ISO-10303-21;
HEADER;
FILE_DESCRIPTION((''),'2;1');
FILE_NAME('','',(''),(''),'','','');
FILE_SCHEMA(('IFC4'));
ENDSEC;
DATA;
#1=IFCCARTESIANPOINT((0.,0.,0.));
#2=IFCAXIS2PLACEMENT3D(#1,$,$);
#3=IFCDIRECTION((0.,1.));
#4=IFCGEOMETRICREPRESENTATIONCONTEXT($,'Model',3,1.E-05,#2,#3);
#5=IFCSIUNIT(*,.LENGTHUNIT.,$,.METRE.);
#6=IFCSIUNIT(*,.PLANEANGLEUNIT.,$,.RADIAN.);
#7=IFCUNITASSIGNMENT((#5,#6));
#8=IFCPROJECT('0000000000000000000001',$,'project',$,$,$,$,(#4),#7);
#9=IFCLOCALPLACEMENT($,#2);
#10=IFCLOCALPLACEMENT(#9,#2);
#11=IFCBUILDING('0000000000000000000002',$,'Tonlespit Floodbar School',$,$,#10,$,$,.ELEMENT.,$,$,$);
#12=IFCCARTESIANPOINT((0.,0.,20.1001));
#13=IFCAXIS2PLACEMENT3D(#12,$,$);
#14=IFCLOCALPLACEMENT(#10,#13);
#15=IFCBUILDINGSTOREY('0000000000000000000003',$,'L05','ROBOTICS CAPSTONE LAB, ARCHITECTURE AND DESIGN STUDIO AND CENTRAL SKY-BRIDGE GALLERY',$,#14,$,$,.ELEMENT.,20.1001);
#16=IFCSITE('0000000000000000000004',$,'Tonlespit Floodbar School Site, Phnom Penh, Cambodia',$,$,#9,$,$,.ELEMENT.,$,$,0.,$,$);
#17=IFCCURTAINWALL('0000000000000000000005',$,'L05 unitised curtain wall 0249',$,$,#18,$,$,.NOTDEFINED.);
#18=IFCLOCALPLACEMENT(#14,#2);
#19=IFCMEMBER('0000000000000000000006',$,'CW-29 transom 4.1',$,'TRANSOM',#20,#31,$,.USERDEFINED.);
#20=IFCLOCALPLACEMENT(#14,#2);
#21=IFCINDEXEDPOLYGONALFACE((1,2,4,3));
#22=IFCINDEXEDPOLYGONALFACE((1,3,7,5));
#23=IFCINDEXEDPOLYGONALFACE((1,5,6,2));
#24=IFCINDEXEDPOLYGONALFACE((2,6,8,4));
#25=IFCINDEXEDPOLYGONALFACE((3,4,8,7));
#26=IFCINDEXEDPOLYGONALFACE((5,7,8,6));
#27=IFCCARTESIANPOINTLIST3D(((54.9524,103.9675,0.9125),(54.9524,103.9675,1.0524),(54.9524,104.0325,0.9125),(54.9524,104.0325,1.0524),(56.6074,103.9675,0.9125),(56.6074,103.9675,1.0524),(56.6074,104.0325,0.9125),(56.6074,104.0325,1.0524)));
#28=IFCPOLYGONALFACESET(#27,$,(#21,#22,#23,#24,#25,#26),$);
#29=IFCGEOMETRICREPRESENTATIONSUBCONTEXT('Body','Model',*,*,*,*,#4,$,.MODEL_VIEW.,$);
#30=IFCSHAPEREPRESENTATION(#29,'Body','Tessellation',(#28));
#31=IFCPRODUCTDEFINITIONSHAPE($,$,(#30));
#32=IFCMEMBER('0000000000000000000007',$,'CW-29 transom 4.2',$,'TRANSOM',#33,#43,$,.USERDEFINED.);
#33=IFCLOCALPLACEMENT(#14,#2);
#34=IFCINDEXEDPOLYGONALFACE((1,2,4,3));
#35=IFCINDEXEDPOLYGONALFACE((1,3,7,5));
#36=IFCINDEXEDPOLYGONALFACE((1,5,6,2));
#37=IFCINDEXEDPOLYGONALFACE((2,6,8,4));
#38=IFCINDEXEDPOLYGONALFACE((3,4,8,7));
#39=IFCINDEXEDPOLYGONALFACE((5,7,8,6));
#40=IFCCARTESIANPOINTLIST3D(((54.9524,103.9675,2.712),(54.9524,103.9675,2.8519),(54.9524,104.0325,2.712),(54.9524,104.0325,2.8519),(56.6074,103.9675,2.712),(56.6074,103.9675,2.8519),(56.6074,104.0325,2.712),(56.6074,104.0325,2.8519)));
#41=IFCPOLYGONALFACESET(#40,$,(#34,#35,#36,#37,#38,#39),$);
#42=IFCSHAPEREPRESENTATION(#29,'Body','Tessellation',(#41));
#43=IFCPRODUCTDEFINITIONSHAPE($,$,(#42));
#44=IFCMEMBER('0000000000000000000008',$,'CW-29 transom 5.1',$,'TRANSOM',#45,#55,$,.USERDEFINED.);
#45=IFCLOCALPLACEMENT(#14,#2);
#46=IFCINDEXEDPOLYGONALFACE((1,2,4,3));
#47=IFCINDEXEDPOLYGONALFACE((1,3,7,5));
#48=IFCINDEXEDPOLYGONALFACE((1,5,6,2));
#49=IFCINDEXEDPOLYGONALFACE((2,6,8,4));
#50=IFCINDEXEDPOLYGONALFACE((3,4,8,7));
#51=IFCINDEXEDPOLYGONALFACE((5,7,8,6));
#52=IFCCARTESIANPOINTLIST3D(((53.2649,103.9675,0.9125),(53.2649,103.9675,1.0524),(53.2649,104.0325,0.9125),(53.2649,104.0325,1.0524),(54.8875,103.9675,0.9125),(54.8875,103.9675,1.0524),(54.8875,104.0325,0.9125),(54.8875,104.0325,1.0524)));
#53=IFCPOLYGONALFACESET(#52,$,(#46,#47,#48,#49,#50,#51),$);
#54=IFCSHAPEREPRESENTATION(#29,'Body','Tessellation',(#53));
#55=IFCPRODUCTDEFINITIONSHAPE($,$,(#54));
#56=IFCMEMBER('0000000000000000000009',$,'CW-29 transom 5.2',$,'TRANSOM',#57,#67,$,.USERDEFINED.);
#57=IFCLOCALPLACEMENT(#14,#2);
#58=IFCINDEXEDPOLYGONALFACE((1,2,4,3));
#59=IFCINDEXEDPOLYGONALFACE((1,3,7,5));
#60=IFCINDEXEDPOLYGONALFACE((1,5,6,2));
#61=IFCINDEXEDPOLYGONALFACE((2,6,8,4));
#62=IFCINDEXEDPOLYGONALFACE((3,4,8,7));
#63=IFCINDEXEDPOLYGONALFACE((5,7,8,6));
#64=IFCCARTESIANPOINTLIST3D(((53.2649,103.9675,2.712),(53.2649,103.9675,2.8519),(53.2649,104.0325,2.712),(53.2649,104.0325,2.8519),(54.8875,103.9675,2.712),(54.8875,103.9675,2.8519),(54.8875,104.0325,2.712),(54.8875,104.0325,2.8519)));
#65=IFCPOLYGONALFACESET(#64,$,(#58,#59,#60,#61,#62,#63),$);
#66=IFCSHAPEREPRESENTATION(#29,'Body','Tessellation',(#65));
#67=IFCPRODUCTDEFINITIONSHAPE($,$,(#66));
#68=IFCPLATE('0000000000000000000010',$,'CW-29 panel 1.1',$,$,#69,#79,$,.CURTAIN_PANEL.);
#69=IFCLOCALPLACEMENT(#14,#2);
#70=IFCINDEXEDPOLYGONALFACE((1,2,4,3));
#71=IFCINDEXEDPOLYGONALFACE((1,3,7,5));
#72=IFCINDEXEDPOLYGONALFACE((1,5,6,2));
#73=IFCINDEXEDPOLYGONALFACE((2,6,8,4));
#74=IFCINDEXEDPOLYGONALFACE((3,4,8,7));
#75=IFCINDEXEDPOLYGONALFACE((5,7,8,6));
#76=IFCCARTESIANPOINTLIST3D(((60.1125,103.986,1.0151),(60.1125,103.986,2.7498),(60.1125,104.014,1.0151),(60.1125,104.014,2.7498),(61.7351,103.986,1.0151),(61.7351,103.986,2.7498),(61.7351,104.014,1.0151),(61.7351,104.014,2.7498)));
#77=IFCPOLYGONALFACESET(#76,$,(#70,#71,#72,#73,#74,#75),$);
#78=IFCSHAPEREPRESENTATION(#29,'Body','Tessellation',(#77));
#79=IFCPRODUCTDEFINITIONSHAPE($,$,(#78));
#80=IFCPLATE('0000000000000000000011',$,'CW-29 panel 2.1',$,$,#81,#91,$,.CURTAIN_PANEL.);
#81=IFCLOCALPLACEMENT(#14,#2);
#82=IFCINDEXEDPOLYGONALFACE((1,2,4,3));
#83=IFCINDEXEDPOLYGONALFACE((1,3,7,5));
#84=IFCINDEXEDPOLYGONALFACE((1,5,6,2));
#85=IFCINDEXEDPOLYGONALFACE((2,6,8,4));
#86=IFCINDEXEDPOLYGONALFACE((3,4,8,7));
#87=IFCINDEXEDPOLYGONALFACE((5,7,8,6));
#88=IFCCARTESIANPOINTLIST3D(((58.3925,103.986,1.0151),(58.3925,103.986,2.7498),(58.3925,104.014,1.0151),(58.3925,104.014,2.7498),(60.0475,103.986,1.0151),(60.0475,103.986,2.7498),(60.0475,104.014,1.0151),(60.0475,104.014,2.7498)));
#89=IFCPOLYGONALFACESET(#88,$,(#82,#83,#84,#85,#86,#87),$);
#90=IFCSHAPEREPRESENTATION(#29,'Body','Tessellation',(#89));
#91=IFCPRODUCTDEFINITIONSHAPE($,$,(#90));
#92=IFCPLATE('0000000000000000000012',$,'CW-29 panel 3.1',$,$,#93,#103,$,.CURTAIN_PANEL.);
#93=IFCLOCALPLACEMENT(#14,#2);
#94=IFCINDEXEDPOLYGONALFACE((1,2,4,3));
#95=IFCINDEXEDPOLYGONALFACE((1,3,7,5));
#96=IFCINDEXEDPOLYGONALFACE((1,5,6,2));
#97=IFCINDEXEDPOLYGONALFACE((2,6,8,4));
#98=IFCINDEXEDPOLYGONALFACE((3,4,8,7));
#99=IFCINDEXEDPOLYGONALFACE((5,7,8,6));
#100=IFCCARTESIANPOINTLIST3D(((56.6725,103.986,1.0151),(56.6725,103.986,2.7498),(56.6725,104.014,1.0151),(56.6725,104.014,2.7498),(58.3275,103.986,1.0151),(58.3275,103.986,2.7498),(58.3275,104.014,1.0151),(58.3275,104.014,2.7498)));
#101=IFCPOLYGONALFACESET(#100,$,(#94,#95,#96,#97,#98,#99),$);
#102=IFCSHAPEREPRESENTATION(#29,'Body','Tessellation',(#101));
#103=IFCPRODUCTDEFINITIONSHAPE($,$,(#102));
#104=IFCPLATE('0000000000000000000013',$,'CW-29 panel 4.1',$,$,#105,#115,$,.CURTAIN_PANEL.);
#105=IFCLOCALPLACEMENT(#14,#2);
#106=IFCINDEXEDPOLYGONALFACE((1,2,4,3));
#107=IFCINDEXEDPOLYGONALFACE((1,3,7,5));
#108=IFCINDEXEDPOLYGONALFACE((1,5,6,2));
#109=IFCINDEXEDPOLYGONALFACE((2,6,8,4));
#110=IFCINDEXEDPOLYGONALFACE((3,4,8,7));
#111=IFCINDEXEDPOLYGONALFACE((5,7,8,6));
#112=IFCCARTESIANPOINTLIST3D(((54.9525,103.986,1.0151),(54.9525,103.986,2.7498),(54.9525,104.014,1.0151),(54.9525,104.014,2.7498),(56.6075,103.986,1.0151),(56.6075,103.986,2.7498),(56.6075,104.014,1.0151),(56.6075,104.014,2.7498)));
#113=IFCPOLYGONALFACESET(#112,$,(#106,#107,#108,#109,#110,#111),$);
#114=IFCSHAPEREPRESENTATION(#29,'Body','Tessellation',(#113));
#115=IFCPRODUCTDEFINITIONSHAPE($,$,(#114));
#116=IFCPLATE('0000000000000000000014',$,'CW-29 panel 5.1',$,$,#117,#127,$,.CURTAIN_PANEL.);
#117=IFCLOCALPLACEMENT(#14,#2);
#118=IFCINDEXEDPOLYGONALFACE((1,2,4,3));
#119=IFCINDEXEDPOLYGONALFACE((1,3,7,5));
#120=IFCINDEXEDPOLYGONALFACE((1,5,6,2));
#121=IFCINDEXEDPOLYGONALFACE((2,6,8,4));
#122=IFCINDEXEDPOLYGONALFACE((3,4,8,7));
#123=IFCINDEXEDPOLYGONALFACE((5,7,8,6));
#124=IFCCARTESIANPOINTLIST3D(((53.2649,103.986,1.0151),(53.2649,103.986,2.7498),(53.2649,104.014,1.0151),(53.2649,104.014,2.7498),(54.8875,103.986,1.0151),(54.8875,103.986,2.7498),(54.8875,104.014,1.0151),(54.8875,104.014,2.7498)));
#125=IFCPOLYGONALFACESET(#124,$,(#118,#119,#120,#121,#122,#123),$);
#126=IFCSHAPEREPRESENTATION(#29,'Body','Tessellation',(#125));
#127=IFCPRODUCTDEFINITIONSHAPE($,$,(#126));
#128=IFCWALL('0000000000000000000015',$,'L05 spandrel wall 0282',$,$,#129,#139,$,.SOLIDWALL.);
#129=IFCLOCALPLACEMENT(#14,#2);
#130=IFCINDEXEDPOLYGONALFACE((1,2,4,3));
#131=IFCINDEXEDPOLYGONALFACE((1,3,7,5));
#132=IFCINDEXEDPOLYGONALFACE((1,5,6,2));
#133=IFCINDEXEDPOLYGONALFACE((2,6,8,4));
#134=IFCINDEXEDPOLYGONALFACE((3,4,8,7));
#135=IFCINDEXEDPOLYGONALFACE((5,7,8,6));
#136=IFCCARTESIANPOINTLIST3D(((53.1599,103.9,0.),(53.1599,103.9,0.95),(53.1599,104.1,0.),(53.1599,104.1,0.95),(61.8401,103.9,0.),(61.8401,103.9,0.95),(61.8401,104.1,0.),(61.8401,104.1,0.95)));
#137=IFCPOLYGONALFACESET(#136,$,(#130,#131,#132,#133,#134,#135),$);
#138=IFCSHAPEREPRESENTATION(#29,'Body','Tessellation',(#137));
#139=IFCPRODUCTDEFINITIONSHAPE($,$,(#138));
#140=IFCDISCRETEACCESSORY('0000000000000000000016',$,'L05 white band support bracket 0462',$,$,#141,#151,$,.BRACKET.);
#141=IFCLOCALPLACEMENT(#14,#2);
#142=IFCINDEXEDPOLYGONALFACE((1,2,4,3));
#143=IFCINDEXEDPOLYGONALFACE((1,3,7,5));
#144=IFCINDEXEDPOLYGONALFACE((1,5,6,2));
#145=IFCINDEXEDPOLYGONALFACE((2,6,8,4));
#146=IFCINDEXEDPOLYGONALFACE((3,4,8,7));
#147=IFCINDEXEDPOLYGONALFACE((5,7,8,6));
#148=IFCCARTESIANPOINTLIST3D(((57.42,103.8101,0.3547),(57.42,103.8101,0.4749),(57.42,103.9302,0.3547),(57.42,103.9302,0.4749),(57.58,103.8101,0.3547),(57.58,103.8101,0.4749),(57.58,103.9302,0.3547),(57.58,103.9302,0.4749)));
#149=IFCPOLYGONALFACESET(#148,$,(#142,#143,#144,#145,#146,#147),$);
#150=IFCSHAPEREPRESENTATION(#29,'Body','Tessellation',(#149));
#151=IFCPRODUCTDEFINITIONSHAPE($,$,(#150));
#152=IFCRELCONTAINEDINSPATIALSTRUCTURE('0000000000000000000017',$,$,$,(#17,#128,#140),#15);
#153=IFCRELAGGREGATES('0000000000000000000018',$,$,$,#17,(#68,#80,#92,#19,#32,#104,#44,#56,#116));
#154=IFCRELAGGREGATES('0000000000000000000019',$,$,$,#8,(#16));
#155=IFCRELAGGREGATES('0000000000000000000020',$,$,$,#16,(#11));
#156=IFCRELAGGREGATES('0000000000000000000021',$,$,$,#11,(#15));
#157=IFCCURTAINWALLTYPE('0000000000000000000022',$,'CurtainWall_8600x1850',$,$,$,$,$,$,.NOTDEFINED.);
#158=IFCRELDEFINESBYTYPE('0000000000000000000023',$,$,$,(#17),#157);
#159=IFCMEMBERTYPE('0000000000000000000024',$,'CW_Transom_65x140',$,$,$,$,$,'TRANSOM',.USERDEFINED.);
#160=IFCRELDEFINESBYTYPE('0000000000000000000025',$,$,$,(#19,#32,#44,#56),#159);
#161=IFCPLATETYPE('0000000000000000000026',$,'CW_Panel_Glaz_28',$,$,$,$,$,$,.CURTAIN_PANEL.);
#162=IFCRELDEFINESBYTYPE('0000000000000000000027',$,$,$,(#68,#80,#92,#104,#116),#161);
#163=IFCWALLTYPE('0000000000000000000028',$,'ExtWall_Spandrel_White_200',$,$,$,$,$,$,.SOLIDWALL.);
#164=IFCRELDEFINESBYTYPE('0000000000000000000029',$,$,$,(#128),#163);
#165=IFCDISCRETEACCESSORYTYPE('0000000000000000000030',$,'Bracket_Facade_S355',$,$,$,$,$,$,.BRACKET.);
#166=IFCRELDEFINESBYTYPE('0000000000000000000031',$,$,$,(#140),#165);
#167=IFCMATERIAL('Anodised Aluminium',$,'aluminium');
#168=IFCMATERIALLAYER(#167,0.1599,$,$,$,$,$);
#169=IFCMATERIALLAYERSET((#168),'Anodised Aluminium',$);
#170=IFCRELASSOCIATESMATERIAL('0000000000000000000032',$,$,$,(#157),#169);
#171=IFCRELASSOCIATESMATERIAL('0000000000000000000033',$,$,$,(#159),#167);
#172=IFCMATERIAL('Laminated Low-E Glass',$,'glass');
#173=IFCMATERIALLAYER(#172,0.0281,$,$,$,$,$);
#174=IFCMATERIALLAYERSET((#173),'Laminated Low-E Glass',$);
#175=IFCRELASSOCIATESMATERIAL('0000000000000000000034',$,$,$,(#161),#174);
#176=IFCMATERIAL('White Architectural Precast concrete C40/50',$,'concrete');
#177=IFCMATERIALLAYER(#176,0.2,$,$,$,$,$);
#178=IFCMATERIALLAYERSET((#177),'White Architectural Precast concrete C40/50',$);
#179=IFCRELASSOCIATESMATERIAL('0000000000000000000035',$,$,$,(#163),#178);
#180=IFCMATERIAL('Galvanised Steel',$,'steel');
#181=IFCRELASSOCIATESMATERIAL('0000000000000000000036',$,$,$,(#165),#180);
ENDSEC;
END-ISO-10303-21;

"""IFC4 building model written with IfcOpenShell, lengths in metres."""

from ifc_helpers import new_model, si_unit, direction, frame, frame_2d, origin, origin_2d, place, context, subcontext, project, spatial, rectangle, extrude, material, layer, layer_set, material_profile, profile_set, type_object, element, aggregate, save


model = new_model("IFC4")

# Units and contexts
model_context = context("Model", 3, precision=1e-05, world=origin(), true_north=direction((0.0, 1.0)))
body_context = subcontext(model_context, "Body", "Model", "MODEL_VIEW")
ifc_project = project(units=[si_unit("LENGTHUNIT", "METRE"), si_unit("PLANEANGLEUNIT", "RADIAN")], contexts=[model_context])

# Site, building, storey
site_placement = place(None, origin())
site = spatial("IfcSite", under=ifc_project, at=site_placement, Name="Tonlespit Floodbar School Site, Phnom Penh, Cambodia", CompositionType="ELEMENT", RefElevation=0.0)
building_placement = place(site_placement, origin())
building = spatial("IfcBuilding", under=site, at=building_placement, Name="Tonlespit Floodbar School", CompositionType="ELEMENT")
storey_placement = place(building_placement, frame((0.0, 0.0, 20.1001)))
storey = spatial("IfcBuildingStorey", under=building, at=storey_placement, Name="L05", Description="ROBOTICS CAPSTONE LAB, ARCHITECTURE AND DESIGN STUDIO AND CENTRAL SKY-BRIDGE GALLERY", CompositionType="ELEMENT", Elevation=20.1001)

# Curtain wall, members, plates
ifc_material_1 = material(Name="Anodised Aluminium", Category="aluminium")
ifc_layer_1 = layer(ifc_material_1, 0.1599)
ifc_layer_set_1 = layer_set([ifc_layer_1], Name="Anodised Aluminium")
curtain_wall_type = type_object("IfcCurtainWallType", Name="CurtainWall_8600x1850", PredefinedType="NOTDEFINED", material=ifc_layer_set_1)
curtain_wall_placement = place(storey_placement, origin())
curtain_wall = element("IfcCurtainWall", 1, at=curtain_wall_placement, inside=storey, type_object=curtain_wall_type, Name="L05 unitised curtain wall 0249", PredefinedType="NOTDEFINED")
ifc_material_profile_1 = material_profile(ifc_material_1, rectangle(XDim=0.0649, YDim=0.1399, at=origin_2d()), Name="ALU T65x140")
ifc_profile_set_1 = profile_set([ifc_material_profile_1], Name="Anodised Aluminium")
member_type_1 = type_object("IfcMemberType", Name="CW_Transom_65x140", ElementType="TRANSOM", PredefinedType="USERDEFINED", material=ifc_profile_set_1)
member_1_placement = place(storey_placement, frame((56.6074, 104.0, 0.9824), z_axis=(-1.0, 0.0, 0.0), x_axis=(0.0, -1.0, 0.0)))
member_1 = element("IfcMember", 2, at=member_1_placement, type_object=member_type_1, Name="CW-29 transom 4.1", ObjectType="TRANSOM", PredefinedType="USERDEFINED", context=body_context, shape_type="SweptSolid", body=[
    extrude(rectangle(XDim=0.0649, YDim=0.1399, at=origin_2d()), origin(), (0.0, 0.0, 1.0), 1.655),
])
member_2_placement = place(storey_placement, frame((56.6074, 104.0, 2.782), z_axis=(-1.0, 0.0, 0.0), x_axis=(0.0, -1.0, 0.0)))
member_2 = element("IfcMember", 3, at=member_2_placement, type_object=member_type_1, Name="CW-29 transom 4.2", ObjectType="TRANSOM", PredefinedType="USERDEFINED", context=body_context, shape_type="SweptSolid", body=[
    extrude(rectangle(XDim=0.0649, YDim=0.1399, at=origin_2d()), origin(), (0.0, 0.0, 1.0), 1.655),
])
member_3_placement = place(storey_placement, frame((54.8875, 104.0, 0.9824), z_axis=(-1.0, 0.0, 0.0), x_axis=(0.0, -1.0, 0.0)))
member_3 = element("IfcMember", 4, at=member_3_placement, type_object=member_type_1, Name="CW-29 transom 5.1", ObjectType="TRANSOM", PredefinedType="USERDEFINED", context=body_context, shape_type="SweptSolid", body=[
    extrude(rectangle(XDim=0.0649, YDim=0.1399, at=origin_2d()), origin(), (0.0, 0.0, 1.0), 1.6226),
])
member_4_placement = place(storey_placement, frame((54.8875, 104.0, 2.782), z_axis=(-1.0, 0.0, 0.0), x_axis=(0.0, -1.0, 0.0)))
member_4 = element("IfcMember", 5, at=member_4_placement, type_object=member_type_1, Name="CW-29 transom 5.2", ObjectType="TRANSOM", PredefinedType="USERDEFINED", context=body_context, shape_type="SweptSolid", body=[
    extrude(rectangle(XDim=0.0649, YDim=0.1399, at=origin_2d()), origin(), (0.0, 0.0, 1.0), 1.6226),
])
ifc_material_2 = material(Name="Laminated Low-E Glass", Category="glass")
ifc_layer_2 = layer(ifc_material_2, 0.0281)
ifc_layer_set_2 = layer_set([ifc_layer_2], Name="Laminated Low-E Glass")
plate_type = type_object("IfcPlateType", Name="CW_Panel_Glaz_28", PredefinedType="CURTAIN_PANEL", material=ifc_layer_set_2)
plate_1_placement = place(storey_placement, frame((60.9238, 104.0, 1.0151), z_axis=(0.0, 0.0, 1.0), x_axis=(-1.0, 0.0, 0.0)))
plate_1 = element("IfcPlate", 6, at=plate_1_placement, type_object=plate_type, Name="CW-29 panel 1.1", PredefinedType="CURTAIN_PANEL", context=body_context, shape_type="SweptSolid", body=[
    extrude(rectangle(XDim=1.6226, YDim=0.0281, at=origin_2d()), origin(), (0.0, 0.0, 1.0), 1.7346),
])
plate_2_placement = place(storey_placement, frame((59.22, 104.0, 1.0151), z_axis=(0.0, 0.0, 1.0), x_axis=(-1.0, 0.0, 0.0)))
plate_2 = element("IfcPlate", 7, at=plate_2_placement, type_object=plate_type, Name="CW-29 panel 2.1", PredefinedType="CURTAIN_PANEL", context=body_context, shape_type="SweptSolid", body=[
    extrude(rectangle(XDim=1.655, YDim=0.0281, at=origin_2d()), origin(), (0.0, 0.0, 1.0), 1.7346),
])
plate_3_placement = place(storey_placement, frame((57.5, 104.0, 1.0151), z_axis=(0.0, 0.0, 1.0), x_axis=(-1.0, 0.0, 0.0)))
plate_3 = element("IfcPlate", 8, at=plate_3_placement, type_object=plate_type, Name="CW-29 panel 3.1", PredefinedType="CURTAIN_PANEL", context=body_context, shape_type="SweptSolid", body=[
    extrude(rectangle(XDim=1.655, YDim=0.0281, at=origin_2d()), origin(), (0.0, 0.0, 1.0), 1.7346),
])
plate_4_placement = place(storey_placement, frame((55.78, 104.0, 1.0151), z_axis=(0.0, 0.0, 1.0), x_axis=(-1.0, 0.0, 0.0)))
plate_4 = element("IfcPlate", 9, at=plate_4_placement, type_object=plate_type, Name="CW-29 panel 4.1", PredefinedType="CURTAIN_PANEL", context=body_context, shape_type="SweptSolid", body=[
    extrude(rectangle(XDim=1.655, YDim=0.0281, at=origin_2d()), origin(), (0.0, 0.0, 1.0), 1.7346),
])
plate_5_placement = place(storey_placement, frame((54.0762, 104.0, 1.0151), z_axis=(0.0, 0.0, 1.0), x_axis=(-1.0, 0.0, 0.0)))
plate_5 = element("IfcPlate", 10, at=plate_5_placement, type_object=plate_type, Name="CW-29 panel 5.1", PredefinedType="CURTAIN_PANEL", context=body_context, shape_type="SweptSolid", body=[
    extrude(rectangle(XDim=1.6226, YDim=0.0281, at=origin_2d()), origin(), (0.0, 0.0, 1.0), 1.7346),
])
aggregate(curtain_wall, [plate_1, plate_2, plate_3, member_1, member_2, plate_4, member_3, member_4, plate_5])

# Wall
ifc_material_3 = material(Name="White Architectural Precast concrete C40/50", Category="concrete")
ifc_layer_3 = layer(ifc_material_3, 0.2)
ifc_layer_set_3 = layer_set([ifc_layer_3], Name="White Architectural Precast concrete C40/50")
wall_type = type_object("IfcWallType", Name="ExtWall_Spandrel_White_200", PredefinedType="SOLIDWALL", material=ifc_layer_set_3)
wall_placement = place(storey_placement, frame((61.8401, 104.0, 0.0), z_axis=(0.0, 0.0, 1.0), x_axis=(-1.0, 0.0, 0.0)))
element("IfcWall", 11, at=wall_placement, inside=storey, type_object=wall_type, Name="L05 spandrel wall 0282", PredefinedType="SOLIDWALL", context=body_context, shape_type="SweptSolid", body=[
    extrude(rectangle(XDim=8.6802, YDim=0.2, at=frame_2d((4.3401, 0.0))), origin(), (0.0, 0.0, 1.0), 0.95),
])

# Discrete accessory
ifc_material_4 = material(Name="Galvanised Steel", Category="steel")
discrete_accessory_type = type_object("IfcDiscreteAccessoryType", Name="Bracket_Facade_S355", PredefinedType="BRACKET", material=ifc_material_4)
discrete_accessory_placement = place(storey_placement, frame((57.5, 103.8701, 0.3547), z_axis=(0.0, 0.0, 1.0), x_axis=(-1.0, 0.0, 0.0)))
element("IfcDiscreteAccessory", 12, at=discrete_accessory_placement, inside=storey, type_object=discrete_accessory_type, Name="L05 white band support bracket 0462", PredefinedType="BRACKET", context=body_context, shape_type="SweptSolid", body=[
    extrude(rectangle(XDim=0.1599, YDim=0.1201, at=origin_2d()), origin(), (0.0, 0.0, 1.0), 0.1201),
])

save(model, "model.ifc")
